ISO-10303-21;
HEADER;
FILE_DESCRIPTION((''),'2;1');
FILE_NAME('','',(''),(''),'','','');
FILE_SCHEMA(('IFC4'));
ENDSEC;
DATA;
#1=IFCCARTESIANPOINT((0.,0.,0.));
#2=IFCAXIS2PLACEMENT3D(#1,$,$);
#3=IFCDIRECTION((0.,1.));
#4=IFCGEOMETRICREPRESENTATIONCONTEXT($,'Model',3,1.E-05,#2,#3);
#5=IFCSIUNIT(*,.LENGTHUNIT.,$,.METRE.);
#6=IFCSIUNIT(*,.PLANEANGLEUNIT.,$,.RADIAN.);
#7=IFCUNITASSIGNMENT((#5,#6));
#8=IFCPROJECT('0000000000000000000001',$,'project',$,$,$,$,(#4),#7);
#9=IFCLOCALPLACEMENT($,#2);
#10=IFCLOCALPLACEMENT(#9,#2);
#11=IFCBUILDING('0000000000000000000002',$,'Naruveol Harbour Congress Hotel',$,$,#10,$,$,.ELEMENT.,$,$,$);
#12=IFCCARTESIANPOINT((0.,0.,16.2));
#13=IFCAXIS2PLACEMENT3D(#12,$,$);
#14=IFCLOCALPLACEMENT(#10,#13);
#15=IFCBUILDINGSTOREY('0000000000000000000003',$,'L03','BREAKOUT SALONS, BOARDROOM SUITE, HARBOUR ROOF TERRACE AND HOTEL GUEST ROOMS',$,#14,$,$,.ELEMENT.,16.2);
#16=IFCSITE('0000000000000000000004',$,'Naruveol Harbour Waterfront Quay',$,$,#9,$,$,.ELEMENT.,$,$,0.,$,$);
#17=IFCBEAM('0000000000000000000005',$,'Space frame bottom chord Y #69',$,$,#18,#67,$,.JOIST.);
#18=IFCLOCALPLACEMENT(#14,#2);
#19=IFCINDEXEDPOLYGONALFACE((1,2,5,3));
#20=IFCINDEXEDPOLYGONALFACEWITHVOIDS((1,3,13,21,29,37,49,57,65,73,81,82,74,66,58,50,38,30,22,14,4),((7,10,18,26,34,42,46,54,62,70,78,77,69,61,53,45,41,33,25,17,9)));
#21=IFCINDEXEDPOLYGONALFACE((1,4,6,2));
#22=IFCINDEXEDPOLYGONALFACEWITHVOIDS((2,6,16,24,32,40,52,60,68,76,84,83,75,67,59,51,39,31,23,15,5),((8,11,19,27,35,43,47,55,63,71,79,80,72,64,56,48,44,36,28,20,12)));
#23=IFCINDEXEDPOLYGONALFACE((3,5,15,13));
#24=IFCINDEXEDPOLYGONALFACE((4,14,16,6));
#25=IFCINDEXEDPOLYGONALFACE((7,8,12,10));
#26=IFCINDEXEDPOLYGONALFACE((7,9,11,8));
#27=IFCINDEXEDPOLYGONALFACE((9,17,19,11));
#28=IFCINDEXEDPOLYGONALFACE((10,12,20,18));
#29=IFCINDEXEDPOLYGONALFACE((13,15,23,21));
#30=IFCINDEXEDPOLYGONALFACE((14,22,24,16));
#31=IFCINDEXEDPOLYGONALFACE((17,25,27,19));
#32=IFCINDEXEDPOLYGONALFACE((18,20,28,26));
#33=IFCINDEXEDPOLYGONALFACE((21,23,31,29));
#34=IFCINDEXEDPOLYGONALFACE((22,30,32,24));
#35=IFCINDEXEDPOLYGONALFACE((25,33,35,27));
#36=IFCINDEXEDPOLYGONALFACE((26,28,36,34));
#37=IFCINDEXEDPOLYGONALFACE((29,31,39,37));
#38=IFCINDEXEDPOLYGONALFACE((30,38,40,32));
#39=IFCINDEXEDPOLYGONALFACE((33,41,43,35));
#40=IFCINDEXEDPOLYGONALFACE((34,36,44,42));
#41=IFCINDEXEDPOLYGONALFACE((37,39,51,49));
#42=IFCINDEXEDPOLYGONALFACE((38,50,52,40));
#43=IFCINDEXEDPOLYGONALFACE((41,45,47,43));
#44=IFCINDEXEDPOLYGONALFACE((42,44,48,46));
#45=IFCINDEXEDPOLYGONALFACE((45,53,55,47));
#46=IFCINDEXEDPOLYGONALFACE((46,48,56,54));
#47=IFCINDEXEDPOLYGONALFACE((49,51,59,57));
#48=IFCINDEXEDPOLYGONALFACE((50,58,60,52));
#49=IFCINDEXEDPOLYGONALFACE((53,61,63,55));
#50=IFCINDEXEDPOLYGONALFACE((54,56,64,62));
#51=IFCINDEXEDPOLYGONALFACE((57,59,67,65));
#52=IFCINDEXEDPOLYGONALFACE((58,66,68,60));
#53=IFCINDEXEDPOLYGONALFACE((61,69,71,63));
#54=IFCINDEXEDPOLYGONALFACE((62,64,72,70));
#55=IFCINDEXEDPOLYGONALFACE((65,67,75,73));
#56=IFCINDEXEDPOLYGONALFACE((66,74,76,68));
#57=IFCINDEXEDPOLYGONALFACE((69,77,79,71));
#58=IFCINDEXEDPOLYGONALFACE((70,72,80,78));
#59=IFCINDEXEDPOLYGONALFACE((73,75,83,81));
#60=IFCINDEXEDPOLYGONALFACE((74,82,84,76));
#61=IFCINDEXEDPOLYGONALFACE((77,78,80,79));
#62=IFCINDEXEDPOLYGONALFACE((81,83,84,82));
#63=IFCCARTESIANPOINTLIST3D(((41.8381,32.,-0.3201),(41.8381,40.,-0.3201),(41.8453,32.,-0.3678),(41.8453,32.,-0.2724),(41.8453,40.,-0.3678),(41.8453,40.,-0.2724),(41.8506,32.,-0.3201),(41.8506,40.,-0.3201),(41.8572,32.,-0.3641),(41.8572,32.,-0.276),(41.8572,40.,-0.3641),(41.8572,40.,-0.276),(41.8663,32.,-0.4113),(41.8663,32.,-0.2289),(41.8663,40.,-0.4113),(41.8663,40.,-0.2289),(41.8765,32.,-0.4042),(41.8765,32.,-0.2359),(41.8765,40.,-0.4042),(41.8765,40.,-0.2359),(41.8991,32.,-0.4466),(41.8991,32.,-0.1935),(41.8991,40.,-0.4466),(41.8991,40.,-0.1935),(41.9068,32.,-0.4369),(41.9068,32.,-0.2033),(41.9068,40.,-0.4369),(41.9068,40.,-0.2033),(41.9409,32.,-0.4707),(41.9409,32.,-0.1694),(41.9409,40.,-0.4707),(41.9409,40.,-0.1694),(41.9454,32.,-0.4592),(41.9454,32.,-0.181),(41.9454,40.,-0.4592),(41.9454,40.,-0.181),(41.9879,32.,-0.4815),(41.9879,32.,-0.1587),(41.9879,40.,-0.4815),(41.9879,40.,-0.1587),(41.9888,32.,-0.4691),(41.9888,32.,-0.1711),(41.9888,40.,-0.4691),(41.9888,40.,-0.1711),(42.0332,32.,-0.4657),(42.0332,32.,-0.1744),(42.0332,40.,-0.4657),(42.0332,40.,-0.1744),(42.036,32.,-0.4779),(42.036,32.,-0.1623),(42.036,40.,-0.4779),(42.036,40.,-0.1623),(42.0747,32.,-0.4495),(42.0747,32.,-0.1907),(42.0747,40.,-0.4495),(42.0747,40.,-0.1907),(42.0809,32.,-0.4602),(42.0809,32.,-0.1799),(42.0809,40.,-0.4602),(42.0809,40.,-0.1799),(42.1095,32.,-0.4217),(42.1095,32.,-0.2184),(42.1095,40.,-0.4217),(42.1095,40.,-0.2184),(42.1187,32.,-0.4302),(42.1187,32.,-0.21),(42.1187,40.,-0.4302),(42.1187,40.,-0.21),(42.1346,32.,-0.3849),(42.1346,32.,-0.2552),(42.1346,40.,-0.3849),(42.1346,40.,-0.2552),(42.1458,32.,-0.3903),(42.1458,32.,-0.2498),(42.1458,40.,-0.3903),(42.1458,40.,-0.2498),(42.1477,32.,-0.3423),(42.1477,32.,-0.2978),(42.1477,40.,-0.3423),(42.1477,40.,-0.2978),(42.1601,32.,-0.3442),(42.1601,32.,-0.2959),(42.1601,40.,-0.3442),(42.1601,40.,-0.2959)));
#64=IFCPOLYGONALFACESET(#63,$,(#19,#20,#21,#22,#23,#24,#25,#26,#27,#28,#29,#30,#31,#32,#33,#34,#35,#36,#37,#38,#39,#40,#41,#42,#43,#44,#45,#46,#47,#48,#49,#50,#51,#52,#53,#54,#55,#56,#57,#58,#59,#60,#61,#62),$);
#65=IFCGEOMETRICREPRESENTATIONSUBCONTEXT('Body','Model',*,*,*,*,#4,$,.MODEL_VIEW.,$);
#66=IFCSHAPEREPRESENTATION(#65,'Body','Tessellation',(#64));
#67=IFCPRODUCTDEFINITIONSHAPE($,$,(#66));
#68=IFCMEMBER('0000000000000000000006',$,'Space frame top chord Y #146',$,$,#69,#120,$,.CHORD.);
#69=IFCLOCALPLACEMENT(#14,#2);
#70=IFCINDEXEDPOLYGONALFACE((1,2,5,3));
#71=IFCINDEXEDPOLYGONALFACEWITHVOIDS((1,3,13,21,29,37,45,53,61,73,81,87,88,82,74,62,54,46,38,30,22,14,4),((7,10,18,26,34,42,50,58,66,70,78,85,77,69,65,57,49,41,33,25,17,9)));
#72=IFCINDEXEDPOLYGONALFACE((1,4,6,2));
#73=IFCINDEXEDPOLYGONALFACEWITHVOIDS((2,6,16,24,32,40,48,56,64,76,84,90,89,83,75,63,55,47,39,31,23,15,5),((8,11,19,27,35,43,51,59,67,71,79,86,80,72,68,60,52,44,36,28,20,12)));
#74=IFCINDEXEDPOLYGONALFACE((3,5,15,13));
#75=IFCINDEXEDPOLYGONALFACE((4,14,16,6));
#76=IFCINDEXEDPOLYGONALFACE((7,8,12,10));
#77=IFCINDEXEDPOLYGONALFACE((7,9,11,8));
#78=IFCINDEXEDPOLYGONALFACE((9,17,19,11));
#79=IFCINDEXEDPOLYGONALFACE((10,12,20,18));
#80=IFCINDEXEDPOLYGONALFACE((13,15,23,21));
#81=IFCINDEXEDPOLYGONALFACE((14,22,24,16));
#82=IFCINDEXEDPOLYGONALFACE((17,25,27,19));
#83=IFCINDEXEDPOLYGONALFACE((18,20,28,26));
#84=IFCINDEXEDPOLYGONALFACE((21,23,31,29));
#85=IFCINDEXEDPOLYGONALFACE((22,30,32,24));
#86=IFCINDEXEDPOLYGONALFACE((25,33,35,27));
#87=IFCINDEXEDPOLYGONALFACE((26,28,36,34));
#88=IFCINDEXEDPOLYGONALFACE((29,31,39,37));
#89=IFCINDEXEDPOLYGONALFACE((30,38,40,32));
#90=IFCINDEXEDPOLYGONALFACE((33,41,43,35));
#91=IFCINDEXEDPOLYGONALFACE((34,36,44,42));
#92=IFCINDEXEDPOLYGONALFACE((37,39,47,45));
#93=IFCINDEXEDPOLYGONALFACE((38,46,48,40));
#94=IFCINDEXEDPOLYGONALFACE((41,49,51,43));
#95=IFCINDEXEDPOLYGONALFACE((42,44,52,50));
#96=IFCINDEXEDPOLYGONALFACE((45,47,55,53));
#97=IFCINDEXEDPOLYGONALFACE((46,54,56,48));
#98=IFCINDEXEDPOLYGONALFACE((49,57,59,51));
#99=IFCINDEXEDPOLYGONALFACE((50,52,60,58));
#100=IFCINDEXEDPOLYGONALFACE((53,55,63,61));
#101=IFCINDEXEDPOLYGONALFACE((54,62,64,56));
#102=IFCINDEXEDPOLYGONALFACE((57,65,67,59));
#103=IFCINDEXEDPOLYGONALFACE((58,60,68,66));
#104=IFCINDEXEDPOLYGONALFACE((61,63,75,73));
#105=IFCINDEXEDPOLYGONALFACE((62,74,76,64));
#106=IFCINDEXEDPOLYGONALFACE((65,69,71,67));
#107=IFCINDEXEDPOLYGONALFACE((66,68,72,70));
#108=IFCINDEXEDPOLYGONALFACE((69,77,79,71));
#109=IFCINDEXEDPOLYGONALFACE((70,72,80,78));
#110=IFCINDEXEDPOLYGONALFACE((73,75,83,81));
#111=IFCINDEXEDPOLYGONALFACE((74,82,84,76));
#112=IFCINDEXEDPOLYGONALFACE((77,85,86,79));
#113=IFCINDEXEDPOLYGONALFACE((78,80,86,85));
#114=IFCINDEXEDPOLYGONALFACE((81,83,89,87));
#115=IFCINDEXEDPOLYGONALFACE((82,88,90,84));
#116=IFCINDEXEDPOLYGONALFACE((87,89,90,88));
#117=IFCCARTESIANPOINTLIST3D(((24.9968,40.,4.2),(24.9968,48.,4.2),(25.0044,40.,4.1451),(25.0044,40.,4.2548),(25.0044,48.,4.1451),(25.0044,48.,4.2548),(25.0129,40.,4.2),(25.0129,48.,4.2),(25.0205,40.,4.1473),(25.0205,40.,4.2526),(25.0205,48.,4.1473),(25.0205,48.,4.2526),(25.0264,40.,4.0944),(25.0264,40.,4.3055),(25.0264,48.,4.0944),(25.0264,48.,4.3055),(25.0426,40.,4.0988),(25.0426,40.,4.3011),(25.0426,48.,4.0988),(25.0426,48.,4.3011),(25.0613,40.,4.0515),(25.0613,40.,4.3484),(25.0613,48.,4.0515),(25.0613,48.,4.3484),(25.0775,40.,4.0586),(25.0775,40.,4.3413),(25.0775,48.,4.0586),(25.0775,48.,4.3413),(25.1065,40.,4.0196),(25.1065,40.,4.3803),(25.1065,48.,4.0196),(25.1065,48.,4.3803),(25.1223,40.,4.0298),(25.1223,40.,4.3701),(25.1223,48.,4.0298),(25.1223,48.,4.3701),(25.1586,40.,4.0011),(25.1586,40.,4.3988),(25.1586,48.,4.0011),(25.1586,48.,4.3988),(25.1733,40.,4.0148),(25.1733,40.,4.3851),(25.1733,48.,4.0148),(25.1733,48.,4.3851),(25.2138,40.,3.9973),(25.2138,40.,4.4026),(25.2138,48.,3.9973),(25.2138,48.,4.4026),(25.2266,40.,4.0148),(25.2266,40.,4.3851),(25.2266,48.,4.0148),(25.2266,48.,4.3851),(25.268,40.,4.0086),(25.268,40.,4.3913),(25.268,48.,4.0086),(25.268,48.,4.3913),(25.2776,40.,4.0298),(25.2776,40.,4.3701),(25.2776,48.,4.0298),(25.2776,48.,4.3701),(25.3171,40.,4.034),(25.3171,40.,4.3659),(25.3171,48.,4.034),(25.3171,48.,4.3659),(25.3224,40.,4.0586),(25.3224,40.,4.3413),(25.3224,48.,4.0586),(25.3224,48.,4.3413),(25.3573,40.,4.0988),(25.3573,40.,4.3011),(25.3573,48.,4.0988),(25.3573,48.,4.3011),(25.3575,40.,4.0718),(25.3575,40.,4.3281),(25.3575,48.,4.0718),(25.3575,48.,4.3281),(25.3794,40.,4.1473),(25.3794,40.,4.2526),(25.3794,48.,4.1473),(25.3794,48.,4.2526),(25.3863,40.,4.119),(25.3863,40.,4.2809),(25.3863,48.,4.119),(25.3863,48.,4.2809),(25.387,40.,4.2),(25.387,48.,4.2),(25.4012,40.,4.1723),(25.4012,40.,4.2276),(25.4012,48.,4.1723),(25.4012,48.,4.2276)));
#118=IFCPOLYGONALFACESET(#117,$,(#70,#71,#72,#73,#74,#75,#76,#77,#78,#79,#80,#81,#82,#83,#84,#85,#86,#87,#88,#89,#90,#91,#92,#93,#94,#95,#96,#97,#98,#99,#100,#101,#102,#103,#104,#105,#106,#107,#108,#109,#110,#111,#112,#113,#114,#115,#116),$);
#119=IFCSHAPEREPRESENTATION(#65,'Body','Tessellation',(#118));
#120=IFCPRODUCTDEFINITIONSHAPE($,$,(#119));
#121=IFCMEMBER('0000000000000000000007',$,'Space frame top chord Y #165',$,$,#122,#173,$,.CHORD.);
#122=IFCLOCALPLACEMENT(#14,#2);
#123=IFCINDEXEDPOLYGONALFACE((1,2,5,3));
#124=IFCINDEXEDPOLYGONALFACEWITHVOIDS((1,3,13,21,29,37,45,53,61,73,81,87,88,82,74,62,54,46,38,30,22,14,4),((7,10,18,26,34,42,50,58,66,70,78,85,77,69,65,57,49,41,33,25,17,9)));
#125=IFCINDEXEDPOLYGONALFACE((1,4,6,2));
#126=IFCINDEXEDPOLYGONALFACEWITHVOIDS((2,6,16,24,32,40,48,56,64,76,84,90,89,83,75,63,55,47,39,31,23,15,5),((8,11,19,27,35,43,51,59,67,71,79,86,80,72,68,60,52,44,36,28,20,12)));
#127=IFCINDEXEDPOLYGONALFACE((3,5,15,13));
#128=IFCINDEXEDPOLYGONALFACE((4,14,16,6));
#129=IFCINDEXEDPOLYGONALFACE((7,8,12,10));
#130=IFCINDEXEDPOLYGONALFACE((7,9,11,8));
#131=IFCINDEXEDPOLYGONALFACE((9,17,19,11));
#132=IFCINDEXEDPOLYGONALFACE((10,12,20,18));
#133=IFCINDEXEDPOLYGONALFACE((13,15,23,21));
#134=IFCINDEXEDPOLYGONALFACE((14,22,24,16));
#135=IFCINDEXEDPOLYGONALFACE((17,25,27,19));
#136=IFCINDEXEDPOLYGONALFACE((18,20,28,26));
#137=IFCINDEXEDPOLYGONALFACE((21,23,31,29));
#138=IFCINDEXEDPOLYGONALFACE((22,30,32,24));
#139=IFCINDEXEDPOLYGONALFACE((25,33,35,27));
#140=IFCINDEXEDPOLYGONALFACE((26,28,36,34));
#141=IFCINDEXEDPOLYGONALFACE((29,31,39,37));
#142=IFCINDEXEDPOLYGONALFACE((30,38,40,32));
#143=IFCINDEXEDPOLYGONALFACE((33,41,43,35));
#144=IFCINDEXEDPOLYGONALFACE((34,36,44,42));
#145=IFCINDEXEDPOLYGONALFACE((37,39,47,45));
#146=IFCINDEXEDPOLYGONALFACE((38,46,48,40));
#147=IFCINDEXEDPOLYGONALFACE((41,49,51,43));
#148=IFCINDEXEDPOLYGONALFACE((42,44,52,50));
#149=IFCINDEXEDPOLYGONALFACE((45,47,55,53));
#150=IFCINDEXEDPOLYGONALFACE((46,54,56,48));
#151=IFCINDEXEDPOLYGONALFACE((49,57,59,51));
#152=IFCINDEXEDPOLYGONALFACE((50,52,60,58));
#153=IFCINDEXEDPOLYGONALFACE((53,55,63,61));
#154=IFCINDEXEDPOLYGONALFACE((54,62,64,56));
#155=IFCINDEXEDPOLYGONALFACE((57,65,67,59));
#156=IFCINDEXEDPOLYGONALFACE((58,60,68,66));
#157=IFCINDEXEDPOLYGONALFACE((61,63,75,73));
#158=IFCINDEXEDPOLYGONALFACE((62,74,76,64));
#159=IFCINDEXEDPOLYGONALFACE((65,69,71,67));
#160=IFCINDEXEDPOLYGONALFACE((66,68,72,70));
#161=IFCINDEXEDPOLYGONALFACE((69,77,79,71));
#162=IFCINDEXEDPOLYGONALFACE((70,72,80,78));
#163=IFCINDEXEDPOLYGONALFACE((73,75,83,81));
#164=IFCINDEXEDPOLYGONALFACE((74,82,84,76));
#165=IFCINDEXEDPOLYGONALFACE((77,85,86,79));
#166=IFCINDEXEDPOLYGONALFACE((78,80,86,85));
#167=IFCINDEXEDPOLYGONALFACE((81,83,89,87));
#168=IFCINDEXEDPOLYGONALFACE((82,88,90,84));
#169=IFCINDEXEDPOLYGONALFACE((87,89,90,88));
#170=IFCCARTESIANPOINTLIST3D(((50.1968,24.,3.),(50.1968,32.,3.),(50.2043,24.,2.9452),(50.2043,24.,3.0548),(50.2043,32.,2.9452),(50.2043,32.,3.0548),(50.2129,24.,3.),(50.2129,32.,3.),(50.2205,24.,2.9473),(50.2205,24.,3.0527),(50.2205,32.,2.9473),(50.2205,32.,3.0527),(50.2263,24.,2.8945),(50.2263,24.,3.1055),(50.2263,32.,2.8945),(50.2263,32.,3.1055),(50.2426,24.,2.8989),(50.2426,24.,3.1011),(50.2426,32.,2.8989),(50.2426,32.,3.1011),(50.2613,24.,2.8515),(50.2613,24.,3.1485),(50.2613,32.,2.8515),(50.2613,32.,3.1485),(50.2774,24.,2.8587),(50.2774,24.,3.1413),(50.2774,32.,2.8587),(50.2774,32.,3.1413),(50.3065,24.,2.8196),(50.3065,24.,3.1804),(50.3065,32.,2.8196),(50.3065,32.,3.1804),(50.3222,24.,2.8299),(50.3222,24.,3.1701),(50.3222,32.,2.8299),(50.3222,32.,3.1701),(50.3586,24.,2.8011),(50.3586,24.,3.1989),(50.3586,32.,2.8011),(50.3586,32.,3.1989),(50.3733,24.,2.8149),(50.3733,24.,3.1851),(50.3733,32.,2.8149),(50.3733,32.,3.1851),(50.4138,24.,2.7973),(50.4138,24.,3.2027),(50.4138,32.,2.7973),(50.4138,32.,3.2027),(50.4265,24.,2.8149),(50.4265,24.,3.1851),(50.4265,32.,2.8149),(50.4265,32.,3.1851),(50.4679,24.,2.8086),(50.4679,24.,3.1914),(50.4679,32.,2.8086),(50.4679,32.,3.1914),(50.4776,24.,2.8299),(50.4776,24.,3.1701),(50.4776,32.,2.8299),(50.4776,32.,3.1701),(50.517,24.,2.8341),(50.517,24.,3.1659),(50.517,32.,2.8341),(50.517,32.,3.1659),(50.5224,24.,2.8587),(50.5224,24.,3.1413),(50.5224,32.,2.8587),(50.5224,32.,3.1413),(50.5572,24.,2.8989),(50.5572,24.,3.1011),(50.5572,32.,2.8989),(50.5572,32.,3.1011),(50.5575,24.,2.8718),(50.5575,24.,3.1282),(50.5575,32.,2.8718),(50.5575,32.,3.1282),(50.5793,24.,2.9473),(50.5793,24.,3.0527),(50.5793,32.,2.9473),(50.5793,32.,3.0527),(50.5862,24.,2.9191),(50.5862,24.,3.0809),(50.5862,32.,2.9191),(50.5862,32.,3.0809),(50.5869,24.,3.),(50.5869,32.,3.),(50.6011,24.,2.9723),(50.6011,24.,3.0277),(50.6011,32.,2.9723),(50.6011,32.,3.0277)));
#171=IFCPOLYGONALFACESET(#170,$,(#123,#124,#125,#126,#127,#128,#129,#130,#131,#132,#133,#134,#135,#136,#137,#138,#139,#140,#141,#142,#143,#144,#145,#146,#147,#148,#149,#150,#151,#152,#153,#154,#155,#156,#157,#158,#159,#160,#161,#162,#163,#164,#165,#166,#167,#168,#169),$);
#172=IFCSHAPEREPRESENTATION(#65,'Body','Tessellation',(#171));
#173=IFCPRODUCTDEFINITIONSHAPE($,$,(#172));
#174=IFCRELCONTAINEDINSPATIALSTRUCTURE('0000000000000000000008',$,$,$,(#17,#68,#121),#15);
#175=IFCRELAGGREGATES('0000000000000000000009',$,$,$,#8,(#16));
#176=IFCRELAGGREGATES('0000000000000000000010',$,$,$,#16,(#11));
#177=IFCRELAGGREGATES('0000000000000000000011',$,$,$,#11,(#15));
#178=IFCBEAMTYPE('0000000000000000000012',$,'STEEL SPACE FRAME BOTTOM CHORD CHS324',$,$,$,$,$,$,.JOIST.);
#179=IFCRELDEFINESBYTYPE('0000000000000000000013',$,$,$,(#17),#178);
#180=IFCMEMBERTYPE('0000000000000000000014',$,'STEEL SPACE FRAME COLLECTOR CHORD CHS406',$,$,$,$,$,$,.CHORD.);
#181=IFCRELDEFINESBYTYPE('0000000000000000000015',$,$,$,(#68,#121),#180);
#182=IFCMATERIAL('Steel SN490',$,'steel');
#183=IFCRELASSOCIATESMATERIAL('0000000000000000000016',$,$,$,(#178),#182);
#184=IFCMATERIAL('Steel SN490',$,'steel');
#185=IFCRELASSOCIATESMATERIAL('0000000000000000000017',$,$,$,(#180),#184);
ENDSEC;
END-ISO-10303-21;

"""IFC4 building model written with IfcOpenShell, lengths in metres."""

from ifc_helpers import new_model, si_unit, direction, frame, origin, origin_2d, place, context, subcontext, project, spatial, hollow_circle, extrude, material, material_profile, profile_set, type_object, element, save


model = new_model("IFC4")

# Units and contexts
model_context = context("Model", 3, precision=1e-05, world=origin(), true_north=direction((0.0, 1.0)))
body_context = subcontext(model_context, "Body", "Model", "MODEL_VIEW")
ifc_project = project(units=[si_unit("LENGTHUNIT", "METRE"), si_unit("PLANEANGLEUNIT", "RADIAN")], contexts=[model_context])

# Site, building, storey
site_placement = place(None, origin())
site = spatial("IfcSite", under=ifc_project, at=site_placement, Name="Naruveol Harbour Waterfront Quay", CompositionType="ELEMENT", RefElevation=0.0)
building_placement = place(site_placement, origin())
building = spatial("IfcBuilding", under=site, at=building_placement, Name="Naruveol Harbour Congress Hotel", CompositionType="ELEMENT")
storey_placement = place(building_placement, frame((0.0, 0.0, 16.2)))
storey = spatial("IfcBuildingStorey", under=building, at=storey_placement, Name="L03", Description="BREAKOUT SALONS, BOARDROOM SUITE, HARBOUR ROOF TERRACE AND HOTEL GUEST ROOMS", CompositionType="ELEMENT", Elevation=16.2)

# Beam
ifc_material_1 = material(Name="Steel SN490", Category="steel")
ifc_material_profile_1 = material_profile(ifc_material_1, hollow_circle(Radius=0.1619, WallThickness=0.0125, at=origin_2d()), Name="CHS-323.9x12.5")
ifc_profile_set_1 = profile_set([ifc_material_profile_1], Name="Steel SN490")
beam_type_1 = type_object("IfcBeamType", Name="STEEL SPACE FRAME BOTTOM CHORD CHS324", PredefinedType="JOIST", material=ifc_profile_set_1)
for number, where, z_axis, x_axis, name in (
    (1, (42.0, 32.0, -0.3201), (0.0, 1.0, 0.0), (-1.0, 0.0, 0.0), "Space frame bottom chord Y #69"),
):
    element("IfcBeam", number, at=place(storey_placement, frame(where, z_axis=z_axis, x_axis=x_axis)), inside=storey, type_object=beam_type_1, Name=name, PredefinedType="JOIST", context=body_context, shape_type="SweptSolid", body=[
        extrude(hollow_circle(Radius=0.1619, WallThickness=0.0125, at=origin_2d()), origin(), (0.0, 0.0, 1.0), 8.0),
    ])

# Members
ifc_material_2 = material(Name="Steel SN490", Category="steel")
ifc_material_profile_2 = material_profile(ifc_material_2, hollow_circle(Radius=0.2031, WallThickness=0.0161, at=origin_2d()), Name="CHS-406.4x16")
ifc_profile_set_2 = profile_set([ifc_material_profile_2], Name="Steel SN490")
member_type_1 = type_object("IfcMemberType", Name="STEEL SPACE FRAME COLLECTOR CHORD CHS406", PredefinedType="CHORD", material=ifc_profile_set_2)
for number, where, z_axis, x_axis, name in (
    (2, (25.2, 40.0, 4.2), (0.0, 1.0, 0.0), (-1.0, 0.0, 0.0), "Space frame top chord Y #146"),
    (3, (50.3999, 24.0, 3.0), (0.0, 1.0, 0.0), (-1.0, 0.0, 0.0), "Space frame top chord Y #165"),
):
    element("IfcMember", number, at=place(storey_placement, frame(where, z_axis=z_axis, x_axis=x_axis)), inside=storey, type_object=member_type_1, Name=name, PredefinedType="CHORD", context=body_context, shape_type="SweptSolid", body=[
        extrude(hollow_circle(Radius=0.2031, WallThickness=0.0161, at=origin_2d()), origin(), (0.0, 0.0, 1.0), 8.0),
    ])

save(model, "model.ifc")
